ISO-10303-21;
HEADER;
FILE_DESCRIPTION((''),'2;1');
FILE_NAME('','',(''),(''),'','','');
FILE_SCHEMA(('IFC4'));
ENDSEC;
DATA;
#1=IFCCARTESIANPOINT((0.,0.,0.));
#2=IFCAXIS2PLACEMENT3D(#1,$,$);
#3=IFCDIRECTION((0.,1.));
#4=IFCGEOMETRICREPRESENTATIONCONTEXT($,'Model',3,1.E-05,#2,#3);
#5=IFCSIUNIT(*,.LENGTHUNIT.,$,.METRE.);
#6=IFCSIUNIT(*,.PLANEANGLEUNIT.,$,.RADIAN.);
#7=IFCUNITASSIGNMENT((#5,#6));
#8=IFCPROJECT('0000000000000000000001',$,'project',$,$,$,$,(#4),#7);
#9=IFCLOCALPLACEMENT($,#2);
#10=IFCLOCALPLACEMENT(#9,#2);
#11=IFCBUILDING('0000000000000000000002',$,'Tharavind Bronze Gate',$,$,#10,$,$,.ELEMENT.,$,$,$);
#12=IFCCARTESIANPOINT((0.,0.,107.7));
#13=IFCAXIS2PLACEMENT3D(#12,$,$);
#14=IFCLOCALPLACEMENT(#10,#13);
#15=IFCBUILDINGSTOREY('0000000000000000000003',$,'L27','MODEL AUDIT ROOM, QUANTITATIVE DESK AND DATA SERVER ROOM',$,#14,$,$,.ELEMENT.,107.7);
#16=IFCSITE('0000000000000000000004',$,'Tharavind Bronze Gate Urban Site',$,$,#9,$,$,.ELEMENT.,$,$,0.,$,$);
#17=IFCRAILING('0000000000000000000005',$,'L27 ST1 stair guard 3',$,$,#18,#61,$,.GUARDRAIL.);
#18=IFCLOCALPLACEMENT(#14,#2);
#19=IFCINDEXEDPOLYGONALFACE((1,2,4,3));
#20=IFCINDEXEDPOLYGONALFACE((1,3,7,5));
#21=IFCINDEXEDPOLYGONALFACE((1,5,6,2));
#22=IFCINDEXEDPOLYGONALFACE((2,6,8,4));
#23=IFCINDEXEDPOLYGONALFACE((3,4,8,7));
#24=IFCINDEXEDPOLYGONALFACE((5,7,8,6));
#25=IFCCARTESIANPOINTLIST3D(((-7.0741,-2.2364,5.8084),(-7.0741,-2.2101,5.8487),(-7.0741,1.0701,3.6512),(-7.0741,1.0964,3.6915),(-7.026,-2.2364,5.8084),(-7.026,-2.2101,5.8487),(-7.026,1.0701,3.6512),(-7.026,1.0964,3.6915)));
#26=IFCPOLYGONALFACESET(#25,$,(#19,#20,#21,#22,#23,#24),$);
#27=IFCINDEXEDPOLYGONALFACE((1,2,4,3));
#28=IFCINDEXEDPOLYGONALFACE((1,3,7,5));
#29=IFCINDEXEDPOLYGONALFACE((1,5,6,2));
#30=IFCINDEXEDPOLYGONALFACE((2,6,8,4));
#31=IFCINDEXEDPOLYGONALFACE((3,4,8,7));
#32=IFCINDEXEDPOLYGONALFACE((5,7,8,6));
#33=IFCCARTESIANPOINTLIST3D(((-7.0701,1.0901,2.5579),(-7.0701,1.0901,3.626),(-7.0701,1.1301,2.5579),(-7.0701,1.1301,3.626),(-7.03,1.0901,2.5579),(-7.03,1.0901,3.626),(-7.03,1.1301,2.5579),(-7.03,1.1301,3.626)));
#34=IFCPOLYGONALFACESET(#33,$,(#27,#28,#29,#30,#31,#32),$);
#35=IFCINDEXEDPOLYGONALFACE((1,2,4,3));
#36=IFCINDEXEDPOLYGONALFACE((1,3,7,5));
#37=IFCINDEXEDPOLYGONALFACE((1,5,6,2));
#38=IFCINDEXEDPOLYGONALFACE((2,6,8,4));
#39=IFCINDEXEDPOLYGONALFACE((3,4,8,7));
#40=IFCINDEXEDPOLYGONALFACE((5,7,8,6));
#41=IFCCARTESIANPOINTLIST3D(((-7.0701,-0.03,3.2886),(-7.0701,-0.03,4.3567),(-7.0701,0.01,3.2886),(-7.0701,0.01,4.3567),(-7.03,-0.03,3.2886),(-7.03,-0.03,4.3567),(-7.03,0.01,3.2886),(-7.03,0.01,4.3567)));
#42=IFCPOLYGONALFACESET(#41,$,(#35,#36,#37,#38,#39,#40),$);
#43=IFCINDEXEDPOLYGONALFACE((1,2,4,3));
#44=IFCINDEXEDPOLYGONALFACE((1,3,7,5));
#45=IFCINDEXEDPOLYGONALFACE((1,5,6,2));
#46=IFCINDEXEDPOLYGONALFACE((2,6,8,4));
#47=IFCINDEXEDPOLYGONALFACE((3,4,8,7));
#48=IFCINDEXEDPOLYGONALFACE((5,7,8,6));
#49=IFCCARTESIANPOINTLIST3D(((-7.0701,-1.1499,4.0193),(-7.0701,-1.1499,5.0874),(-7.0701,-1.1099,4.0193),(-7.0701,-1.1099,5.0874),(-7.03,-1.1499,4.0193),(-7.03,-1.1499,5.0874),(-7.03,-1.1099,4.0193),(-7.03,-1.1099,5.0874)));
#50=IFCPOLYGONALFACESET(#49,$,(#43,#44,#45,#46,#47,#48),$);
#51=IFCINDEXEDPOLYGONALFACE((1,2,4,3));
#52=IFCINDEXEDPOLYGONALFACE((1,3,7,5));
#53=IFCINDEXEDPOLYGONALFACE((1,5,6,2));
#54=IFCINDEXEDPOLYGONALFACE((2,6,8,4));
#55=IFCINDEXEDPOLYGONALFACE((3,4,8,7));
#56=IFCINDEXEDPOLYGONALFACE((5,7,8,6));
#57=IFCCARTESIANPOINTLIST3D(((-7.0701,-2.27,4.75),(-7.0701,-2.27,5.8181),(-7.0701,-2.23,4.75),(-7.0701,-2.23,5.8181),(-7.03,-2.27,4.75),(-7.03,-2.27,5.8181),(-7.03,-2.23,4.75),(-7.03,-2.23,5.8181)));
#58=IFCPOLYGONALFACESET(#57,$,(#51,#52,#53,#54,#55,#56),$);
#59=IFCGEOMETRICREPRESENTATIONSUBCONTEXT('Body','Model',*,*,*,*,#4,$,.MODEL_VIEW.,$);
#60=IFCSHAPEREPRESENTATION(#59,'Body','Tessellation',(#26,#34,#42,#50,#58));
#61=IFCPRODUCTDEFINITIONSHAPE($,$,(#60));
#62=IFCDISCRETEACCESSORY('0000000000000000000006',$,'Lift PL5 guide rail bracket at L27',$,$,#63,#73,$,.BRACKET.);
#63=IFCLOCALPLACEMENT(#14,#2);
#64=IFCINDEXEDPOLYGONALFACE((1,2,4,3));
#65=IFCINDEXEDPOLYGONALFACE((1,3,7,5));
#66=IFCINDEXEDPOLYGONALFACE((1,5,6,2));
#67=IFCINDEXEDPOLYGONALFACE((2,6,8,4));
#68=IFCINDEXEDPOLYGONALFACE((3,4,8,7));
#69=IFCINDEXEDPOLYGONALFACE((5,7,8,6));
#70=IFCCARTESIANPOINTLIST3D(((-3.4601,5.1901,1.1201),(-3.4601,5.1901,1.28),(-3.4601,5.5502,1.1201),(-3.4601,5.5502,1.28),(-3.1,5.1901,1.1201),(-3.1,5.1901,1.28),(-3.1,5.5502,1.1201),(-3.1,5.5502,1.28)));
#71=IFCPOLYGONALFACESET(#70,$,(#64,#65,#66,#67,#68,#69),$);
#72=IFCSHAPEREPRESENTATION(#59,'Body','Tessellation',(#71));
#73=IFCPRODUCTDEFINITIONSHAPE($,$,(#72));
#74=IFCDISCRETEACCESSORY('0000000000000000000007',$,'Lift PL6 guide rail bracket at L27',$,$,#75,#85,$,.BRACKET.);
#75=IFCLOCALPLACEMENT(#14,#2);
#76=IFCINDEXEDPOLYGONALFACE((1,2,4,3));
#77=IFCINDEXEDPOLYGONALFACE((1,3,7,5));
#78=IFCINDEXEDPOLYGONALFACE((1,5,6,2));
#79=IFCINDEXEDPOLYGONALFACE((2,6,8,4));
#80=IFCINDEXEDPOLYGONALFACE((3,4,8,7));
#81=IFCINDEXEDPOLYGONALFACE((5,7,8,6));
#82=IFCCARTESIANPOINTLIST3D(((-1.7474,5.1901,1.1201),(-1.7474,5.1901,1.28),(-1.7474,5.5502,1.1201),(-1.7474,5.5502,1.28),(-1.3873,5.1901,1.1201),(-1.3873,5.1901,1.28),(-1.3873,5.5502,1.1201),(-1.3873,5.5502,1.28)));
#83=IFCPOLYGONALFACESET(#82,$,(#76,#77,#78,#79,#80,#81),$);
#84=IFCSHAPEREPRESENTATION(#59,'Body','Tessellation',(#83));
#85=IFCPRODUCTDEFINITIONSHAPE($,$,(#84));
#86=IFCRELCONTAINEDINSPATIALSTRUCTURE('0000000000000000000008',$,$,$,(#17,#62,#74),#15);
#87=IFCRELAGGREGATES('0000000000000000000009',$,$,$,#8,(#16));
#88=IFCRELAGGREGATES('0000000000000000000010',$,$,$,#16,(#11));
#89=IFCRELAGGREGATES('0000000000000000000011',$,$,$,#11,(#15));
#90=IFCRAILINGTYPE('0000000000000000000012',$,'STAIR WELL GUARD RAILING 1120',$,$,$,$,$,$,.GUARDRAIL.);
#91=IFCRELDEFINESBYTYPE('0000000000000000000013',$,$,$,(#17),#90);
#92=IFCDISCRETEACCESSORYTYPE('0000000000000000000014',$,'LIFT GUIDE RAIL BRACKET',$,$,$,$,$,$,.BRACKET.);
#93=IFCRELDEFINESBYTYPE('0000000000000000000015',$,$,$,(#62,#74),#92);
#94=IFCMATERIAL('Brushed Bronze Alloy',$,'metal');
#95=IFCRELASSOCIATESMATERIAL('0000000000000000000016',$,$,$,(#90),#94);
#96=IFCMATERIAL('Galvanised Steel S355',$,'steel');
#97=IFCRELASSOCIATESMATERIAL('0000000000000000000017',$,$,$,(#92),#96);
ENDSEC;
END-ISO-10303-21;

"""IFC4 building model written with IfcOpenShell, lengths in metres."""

from ifc_helpers import new_model, si_unit, direction, frame, origin, origin_2d, place, context, subcontext, project, spatial, rectangle, extrude, material, type_object, element, save


model = new_model("IFC4")

# Units and contexts
model_context = context("Model", 3, precision=1e-05, world=origin(), true_north=direction((0.0, 1.0)))
body_context = subcontext(model_context, "Body", "Model", "MODEL_VIEW")
ifc_project = project(units=[si_unit("LENGTHUNIT", "METRE"), si_unit("PLANEANGLEUNIT", "RADIAN")], contexts=[model_context])

# Site, building, storey
site_placement = place(None, origin())
site = spatial("IfcSite", under=ifc_project, at=site_placement, Name="Tharavind Bronze Gate Urban Site", CompositionType="ELEMENT", RefElevation=0.0)
building_placement = place(site_placement, origin())
building = spatial("IfcBuilding", under=site, at=building_placement, Name="Tharavind Bronze Gate", CompositionType="ELEMENT")
storey_placement = place(building_placement, frame((0.0, 0.0, 107.7)))
storey = spatial("IfcBuildingStorey", under=building, at=storey_placement, Name="L27", Description="MODEL AUDIT ROOM, QUANTITATIVE DESK AND DATA SERVER ROOM", CompositionType="ELEMENT", Elevation=107.7)

# Railing
ifc_material_1 = material(Name="Brushed Bronze Alloy", Category="metal")
railing_type_1 = type_object("IfcRailingType", Name="STAIR WELL GUARD RAILING 1120", PredefinedType="GUARDRAIL", material=ifc_material_1)
railing_1_placement = place(storey_placement, frame((-7.05, 1.1101, 2.5579)))
element("IfcRailing", 1, at=railing_1_placement, inside=storey, type_object=railing_type_1, Name="L27 ST1 stair guard 3", PredefinedType="GUARDRAIL", context=body_context, shape_type="SweptSolid", body=[
    extrude(rectangle(XDim=0.0481, YDim=0.0481, at=origin_2d()), frame((0.0, -0.0269, 1.1135), z_axis=(0.0, -0.837523, 0.546401), x_axis=(1.0, 0.0, 0.0)), (0.0, 0.0, 1.0), 3.948),
    extrude(rectangle(XDim=0.04, YDim=0.04, at=origin_2d()), origin(), (0.0, 0.0, 1.0), 1.0681),
    extrude(rectangle(XDim=0.04, YDim=0.04, at=origin_2d()), frame((0.0, -1.1201, 0.7307)), (0.0, 0.0, 1.0), 1.0681),
    extrude(rectangle(XDim=0.04, YDim=0.04, at=origin_2d()), frame((0.0, -2.24, 1.4614)), (0.0, 0.0, 1.0), 1.0681),
    extrude(rectangle(XDim=0.04, YDim=0.04, at=origin_2d()), frame((0.0, -3.3601, 2.1921)), (0.0, 0.0, 1.0), 1.0681),
])

# Discrete accessories
ifc_material_2 = material(Name="Galvanised Steel S355", Category="steel")
discrete_accessory_type = type_object("IfcDiscreteAccessoryType", Name="LIFT GUIDE RAIL BRACKET", PredefinedType="BRACKET", material=ifc_material_2)
for number, where, z_axis, x_axis, name in (
    (2, (-3.28, 5.3701, 1.1201), (0.0, 0.0, 1.0), (1.0, 0.0, 0.0), "Lift PL5 guide rail bracket at L27"),
    (3, (-1.5674, 5.3701, 1.1201), (0.0, 0.0, 1.0), (1.0, 0.0, 0.0), "Lift PL6 guide rail bracket at L27"),
):
    element("IfcDiscreteAccessory", number, at=place(storey_placement, frame(where, z_axis=z_axis, x_axis=x_axis)), inside=storey, type_object=discrete_accessory_type, Name=name, PredefinedType="BRACKET", context=body_context, shape_type="SweptSolid", body=[
        extrude(rectangle(XDim=0.3601, YDim=0.3601, at=origin_2d()), origin(), (0.0, 0.0, 1.0), 0.1599),
    ])

save(model, "model.ifc")
